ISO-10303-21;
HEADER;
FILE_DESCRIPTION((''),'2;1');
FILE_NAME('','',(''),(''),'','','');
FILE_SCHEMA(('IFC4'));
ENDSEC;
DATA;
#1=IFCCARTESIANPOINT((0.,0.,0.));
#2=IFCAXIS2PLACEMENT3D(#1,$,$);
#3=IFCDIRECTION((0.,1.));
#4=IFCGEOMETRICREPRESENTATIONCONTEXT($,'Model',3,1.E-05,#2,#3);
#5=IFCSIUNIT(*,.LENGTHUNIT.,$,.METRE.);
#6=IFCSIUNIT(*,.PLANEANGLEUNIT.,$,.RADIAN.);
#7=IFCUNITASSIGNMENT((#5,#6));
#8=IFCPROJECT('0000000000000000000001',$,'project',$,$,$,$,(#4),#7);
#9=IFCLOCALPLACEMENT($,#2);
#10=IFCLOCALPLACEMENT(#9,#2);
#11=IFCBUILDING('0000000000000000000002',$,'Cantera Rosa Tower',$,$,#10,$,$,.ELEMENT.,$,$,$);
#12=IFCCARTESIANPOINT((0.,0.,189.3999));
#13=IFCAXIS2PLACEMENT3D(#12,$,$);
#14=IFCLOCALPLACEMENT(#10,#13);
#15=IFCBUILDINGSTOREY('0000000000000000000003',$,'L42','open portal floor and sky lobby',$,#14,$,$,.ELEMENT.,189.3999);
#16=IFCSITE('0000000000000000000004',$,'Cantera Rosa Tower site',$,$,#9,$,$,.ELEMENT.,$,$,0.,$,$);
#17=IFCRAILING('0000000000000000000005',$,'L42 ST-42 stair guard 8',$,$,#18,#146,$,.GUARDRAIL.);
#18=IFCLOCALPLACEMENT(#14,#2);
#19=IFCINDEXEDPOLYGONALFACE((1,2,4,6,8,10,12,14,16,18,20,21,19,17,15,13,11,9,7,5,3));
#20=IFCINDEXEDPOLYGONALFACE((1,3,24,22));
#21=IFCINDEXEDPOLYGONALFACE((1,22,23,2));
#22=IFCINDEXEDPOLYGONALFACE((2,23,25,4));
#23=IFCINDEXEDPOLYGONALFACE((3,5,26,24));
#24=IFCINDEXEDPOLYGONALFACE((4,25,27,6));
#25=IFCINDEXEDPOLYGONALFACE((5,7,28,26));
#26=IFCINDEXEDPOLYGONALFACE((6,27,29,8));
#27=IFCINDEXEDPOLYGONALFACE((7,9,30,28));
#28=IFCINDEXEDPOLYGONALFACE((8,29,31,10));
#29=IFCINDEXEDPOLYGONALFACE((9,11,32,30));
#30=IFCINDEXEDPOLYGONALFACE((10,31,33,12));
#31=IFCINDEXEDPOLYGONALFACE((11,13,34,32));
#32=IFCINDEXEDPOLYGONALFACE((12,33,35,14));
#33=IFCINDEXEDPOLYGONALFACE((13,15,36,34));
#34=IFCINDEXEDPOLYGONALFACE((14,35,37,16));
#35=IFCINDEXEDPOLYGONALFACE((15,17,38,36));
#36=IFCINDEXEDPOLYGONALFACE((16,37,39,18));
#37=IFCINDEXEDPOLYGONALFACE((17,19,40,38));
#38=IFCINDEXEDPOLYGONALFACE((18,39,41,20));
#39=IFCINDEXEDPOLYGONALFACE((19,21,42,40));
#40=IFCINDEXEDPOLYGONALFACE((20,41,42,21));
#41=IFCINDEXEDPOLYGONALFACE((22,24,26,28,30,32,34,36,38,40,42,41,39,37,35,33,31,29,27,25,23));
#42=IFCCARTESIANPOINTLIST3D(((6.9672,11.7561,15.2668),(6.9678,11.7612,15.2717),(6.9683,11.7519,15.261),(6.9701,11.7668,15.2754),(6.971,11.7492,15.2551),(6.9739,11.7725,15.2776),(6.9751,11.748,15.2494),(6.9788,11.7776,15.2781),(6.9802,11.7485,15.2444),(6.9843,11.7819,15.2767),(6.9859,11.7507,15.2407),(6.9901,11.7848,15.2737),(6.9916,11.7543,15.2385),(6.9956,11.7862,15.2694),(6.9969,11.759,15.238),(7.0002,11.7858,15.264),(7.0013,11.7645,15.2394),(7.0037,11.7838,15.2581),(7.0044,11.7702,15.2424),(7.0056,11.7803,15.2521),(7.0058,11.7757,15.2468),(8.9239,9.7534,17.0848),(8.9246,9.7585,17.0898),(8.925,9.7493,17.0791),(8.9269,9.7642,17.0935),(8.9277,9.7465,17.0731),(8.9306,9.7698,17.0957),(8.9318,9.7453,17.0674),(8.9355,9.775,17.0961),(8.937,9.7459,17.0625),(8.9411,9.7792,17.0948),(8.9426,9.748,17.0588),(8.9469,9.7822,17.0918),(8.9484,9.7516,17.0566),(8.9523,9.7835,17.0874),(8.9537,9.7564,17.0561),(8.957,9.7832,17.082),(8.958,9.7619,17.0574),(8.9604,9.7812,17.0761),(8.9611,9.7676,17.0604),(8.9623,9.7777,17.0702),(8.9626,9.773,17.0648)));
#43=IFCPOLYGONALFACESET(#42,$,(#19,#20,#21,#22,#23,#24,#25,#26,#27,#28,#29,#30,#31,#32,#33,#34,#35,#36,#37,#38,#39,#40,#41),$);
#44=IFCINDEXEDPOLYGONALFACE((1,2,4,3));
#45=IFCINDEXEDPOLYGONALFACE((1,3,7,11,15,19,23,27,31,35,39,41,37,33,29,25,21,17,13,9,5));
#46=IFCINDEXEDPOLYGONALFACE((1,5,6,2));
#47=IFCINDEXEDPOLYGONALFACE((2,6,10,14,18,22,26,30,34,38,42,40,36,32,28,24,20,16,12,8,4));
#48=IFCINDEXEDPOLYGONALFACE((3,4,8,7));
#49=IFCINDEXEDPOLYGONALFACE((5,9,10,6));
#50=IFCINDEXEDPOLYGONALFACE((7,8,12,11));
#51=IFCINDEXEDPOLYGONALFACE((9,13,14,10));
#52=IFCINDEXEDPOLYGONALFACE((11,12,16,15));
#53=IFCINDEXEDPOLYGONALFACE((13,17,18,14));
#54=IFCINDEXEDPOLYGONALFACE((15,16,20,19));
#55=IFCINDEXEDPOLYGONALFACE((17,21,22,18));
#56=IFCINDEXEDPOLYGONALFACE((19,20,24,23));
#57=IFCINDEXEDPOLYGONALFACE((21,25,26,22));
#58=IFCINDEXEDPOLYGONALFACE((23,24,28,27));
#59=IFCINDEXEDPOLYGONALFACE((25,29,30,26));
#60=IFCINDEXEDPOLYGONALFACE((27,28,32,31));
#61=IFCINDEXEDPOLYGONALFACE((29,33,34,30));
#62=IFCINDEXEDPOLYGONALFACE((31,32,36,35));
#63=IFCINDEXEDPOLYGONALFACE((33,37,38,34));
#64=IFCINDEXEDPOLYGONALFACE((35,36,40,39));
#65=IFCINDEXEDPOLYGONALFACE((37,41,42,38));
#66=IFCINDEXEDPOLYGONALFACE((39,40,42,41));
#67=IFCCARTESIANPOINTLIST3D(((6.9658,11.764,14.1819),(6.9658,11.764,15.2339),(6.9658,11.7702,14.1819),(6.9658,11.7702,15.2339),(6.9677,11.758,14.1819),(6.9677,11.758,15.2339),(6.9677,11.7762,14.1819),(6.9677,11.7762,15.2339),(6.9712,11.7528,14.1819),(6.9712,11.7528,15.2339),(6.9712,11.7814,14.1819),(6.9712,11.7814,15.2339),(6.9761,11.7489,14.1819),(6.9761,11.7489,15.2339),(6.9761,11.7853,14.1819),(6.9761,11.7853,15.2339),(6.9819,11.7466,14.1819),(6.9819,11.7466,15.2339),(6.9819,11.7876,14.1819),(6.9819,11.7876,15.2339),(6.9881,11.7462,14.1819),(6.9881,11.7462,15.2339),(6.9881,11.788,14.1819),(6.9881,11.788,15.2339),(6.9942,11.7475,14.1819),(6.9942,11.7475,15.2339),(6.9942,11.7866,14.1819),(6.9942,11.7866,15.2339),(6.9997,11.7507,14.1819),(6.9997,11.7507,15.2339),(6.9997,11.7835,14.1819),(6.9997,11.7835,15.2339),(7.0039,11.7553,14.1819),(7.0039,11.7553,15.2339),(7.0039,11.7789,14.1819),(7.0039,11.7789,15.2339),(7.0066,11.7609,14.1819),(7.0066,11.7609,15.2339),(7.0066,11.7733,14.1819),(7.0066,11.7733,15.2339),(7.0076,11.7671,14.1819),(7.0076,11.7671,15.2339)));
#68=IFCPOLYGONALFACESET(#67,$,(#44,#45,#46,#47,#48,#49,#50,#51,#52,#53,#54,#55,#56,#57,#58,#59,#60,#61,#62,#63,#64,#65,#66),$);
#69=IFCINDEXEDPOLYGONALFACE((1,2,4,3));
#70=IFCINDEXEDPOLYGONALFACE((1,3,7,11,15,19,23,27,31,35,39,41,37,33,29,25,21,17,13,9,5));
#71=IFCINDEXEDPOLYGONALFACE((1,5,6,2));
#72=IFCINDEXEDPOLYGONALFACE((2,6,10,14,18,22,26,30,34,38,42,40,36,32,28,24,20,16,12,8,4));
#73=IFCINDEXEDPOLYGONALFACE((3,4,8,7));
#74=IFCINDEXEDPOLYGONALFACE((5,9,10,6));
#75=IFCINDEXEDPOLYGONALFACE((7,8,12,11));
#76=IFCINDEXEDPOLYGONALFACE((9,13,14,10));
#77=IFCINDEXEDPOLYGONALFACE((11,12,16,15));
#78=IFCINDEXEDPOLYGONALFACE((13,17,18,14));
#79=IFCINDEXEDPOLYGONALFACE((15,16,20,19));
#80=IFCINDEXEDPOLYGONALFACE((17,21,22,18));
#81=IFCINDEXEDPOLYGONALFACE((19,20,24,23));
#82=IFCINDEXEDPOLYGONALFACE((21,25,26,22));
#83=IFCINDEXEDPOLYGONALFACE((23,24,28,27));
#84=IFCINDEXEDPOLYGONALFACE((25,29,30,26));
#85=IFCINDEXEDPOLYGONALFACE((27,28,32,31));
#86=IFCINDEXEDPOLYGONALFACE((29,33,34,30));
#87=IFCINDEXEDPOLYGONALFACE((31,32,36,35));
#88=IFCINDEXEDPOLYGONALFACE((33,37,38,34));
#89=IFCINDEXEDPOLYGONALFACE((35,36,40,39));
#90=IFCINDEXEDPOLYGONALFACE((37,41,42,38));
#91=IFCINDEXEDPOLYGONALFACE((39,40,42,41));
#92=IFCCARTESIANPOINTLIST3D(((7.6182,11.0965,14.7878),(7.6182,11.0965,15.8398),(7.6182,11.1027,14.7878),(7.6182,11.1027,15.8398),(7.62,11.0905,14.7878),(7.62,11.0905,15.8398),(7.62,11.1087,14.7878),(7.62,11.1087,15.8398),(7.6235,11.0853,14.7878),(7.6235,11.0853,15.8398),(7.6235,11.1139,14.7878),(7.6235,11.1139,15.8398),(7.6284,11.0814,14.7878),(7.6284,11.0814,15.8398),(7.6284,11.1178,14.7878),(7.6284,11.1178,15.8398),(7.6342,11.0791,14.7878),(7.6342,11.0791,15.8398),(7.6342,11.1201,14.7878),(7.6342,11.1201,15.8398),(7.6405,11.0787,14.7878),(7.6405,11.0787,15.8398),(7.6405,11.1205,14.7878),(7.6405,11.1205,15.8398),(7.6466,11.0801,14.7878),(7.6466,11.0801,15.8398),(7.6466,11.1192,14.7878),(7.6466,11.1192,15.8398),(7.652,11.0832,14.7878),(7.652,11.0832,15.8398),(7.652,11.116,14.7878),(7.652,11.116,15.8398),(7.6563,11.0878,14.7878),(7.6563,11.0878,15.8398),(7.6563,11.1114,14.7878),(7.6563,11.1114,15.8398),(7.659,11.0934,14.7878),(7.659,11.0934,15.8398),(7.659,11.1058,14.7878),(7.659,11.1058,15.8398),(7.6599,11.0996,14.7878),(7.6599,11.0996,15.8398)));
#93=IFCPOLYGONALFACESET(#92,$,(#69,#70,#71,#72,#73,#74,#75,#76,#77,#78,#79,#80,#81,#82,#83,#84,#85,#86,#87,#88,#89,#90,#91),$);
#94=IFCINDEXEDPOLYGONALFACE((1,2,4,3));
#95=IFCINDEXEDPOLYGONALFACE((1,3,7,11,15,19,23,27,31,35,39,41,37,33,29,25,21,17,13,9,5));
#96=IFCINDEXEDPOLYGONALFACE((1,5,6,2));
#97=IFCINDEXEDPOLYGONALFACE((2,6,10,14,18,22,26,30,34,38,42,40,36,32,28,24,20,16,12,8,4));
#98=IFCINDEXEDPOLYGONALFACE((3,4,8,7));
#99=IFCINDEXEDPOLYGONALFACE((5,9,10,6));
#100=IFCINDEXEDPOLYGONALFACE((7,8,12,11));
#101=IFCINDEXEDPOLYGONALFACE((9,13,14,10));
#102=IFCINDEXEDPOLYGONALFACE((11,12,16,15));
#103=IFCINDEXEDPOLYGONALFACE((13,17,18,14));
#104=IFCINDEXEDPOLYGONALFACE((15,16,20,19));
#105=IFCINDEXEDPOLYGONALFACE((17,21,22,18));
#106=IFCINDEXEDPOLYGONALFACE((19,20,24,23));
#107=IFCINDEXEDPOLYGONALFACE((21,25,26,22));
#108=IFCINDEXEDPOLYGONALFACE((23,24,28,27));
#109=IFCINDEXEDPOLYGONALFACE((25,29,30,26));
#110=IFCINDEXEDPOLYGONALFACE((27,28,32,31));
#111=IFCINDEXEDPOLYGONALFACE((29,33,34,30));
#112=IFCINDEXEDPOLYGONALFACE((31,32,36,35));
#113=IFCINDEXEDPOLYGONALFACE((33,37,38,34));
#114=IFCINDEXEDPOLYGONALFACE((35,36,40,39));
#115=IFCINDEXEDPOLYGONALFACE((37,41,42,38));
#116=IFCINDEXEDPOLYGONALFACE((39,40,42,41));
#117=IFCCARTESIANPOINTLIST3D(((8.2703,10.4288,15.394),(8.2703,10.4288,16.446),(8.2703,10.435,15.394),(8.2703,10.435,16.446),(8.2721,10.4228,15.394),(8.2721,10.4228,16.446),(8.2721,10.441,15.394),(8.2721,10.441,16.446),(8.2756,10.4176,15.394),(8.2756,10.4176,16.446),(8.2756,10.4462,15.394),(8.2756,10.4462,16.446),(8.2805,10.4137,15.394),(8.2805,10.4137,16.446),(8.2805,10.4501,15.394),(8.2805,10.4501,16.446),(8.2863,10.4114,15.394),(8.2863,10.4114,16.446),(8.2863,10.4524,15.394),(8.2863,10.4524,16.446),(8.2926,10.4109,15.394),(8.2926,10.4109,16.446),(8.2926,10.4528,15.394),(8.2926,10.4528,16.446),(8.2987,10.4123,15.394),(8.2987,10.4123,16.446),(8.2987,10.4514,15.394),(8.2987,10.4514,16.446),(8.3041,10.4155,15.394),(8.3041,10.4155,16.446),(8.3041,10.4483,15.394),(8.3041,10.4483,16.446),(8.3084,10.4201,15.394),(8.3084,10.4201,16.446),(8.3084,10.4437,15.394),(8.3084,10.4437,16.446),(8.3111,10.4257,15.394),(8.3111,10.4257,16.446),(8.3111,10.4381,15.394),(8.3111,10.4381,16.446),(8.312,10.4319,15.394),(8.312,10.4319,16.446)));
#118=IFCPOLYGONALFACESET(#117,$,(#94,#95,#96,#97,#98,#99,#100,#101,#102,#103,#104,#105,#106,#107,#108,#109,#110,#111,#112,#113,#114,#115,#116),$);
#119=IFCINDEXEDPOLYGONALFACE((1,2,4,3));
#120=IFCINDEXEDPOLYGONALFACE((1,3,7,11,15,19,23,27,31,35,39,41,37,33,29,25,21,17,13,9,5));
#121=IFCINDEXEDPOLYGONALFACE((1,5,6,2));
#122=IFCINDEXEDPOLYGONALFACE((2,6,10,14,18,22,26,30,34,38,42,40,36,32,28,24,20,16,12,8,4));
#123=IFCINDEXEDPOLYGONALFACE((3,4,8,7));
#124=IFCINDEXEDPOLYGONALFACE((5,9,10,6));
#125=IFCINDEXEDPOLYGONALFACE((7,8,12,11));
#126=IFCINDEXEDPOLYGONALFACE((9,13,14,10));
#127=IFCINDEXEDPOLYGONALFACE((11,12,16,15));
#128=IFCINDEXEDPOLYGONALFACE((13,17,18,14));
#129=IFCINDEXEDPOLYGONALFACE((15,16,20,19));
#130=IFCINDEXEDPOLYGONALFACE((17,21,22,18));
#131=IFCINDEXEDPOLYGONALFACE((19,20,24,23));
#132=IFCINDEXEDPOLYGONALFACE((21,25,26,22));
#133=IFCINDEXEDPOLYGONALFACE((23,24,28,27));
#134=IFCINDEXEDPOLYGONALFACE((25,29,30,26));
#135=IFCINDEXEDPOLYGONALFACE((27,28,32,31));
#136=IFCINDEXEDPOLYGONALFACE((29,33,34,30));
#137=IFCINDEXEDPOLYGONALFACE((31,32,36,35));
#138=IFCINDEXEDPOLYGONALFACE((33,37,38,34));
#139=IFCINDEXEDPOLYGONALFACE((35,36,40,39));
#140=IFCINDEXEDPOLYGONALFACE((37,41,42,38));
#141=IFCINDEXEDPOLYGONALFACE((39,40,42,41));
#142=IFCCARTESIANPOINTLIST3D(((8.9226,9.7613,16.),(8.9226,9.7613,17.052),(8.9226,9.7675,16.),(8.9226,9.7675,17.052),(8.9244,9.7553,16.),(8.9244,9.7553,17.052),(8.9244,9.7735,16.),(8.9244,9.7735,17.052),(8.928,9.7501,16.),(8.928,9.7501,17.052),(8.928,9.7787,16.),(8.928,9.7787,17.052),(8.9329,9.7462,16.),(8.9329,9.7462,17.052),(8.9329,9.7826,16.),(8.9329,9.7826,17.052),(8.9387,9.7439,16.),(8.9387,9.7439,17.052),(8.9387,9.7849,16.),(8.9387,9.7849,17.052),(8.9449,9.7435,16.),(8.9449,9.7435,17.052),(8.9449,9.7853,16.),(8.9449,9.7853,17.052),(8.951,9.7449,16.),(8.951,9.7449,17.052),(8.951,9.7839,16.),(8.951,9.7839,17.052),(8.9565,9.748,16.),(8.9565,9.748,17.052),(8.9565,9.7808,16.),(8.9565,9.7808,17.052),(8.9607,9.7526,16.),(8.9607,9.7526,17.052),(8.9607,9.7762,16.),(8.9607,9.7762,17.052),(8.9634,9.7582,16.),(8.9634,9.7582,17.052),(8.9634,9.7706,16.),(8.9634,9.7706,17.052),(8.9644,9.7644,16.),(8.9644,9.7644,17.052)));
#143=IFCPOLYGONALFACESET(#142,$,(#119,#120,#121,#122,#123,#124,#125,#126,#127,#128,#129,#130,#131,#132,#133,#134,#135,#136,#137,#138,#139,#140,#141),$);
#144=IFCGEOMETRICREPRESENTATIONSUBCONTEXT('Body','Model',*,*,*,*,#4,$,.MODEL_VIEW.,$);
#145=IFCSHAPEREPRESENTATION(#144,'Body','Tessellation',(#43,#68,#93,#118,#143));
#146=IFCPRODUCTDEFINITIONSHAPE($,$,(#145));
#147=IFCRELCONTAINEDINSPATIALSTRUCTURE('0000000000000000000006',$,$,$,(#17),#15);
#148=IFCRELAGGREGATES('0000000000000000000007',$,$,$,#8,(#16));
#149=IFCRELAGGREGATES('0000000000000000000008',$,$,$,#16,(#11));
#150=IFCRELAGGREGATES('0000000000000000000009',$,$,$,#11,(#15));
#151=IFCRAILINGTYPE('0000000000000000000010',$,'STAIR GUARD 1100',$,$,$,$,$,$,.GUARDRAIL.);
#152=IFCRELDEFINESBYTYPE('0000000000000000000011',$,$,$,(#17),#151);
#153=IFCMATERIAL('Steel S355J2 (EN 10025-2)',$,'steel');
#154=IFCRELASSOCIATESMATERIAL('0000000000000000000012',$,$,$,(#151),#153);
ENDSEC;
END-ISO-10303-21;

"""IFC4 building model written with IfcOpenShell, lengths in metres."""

from ifc_helpers import new_model, si_unit, direction, frame, origin, origin_2d, place, context, subcontext, project, spatial, circle, extrude, material, type_object, element, save


model = new_model("IFC4")

# Units and contexts
model_context = context("Model", 3, precision=1e-05, world=origin(), true_north=direction((0.0, 1.0)))
body_context = subcontext(model_context, "Body", "Model", "MODEL_VIEW")
ifc_project = project(units=[si_unit("LENGTHUNIT", "METRE"), si_unit("PLANEANGLEUNIT", "RADIAN")], contexts=[model_context])

# Site, building, storey
site_placement = place(None, origin())
site = spatial("IfcSite", under=ifc_project, at=site_placement, Name="Cantera Rosa Tower site", CompositionType="ELEMENT", RefElevation=0.0)
building_placement = place(site_placement, origin())
building = spatial("IfcBuilding", under=site, at=building_placement, Name="Cantera Rosa Tower", CompositionType="ELEMENT")
storey_placement = place(building_placement, frame((0.0, 0.0, 189.3999)))
storey = spatial("IfcBuildingStorey", under=building, at=storey_placement, Name="L42", Description="open portal floor and sky lobby", CompositionType="ELEMENT", Elevation=189.3999)

# Railing
ifc_material_1 = material(Name="Steel S355J2 (EN 10025-2)", Category="steel")
railing_type_1 = type_object("IfcRailingType", Name="STAIR GUARD 1100", PredefinedType="GUARDRAIL", material=ifc_material_1)
railing_1_placement = place(storey_placement, frame((6.9866, 11.7671, 14.1819)))
element("IfcRailing", 1, at=railing_1_placement, inside=storey, type_object=railing_type_1, Name="L42 ST-42 stair guard 8", PredefinedType="GUARDRAIL", context=body_context, shape_type="SweptSolid", body=[
    extrude(circle(Radius=0.0239, at=origin_2d()), frame((0.0, 0.0, 1.0762), z_axis=(0.586135, -0.599883, 0.544597), x_axis=(0.715256, 0.698863, 0.0)), (0.0, 0.0, 1.0), 3.3384),
    extrude(circle(Radius=0.021, at=origin_2d()), origin(), (0.0, 0.0, 1.0), 1.052),
    extrude(circle(Radius=0.021, at=origin_2d()), frame((0.6523, -0.6675, 0.606)), (0.0, 0.0, 1.0), 1.052),
    extrude(circle(Radius=0.021, at=origin_2d()), frame((1.3044, -1.3352, 1.2122)), (0.0, 0.0, 1.0), 1.052),
    extrude(circle(Radius=0.021, at=origin_2d()), frame((1.9568, -2.0027, 1.8181)), (0.0, 0.0, 1.0), 1.052),
])

save(model, "model.ifc")
